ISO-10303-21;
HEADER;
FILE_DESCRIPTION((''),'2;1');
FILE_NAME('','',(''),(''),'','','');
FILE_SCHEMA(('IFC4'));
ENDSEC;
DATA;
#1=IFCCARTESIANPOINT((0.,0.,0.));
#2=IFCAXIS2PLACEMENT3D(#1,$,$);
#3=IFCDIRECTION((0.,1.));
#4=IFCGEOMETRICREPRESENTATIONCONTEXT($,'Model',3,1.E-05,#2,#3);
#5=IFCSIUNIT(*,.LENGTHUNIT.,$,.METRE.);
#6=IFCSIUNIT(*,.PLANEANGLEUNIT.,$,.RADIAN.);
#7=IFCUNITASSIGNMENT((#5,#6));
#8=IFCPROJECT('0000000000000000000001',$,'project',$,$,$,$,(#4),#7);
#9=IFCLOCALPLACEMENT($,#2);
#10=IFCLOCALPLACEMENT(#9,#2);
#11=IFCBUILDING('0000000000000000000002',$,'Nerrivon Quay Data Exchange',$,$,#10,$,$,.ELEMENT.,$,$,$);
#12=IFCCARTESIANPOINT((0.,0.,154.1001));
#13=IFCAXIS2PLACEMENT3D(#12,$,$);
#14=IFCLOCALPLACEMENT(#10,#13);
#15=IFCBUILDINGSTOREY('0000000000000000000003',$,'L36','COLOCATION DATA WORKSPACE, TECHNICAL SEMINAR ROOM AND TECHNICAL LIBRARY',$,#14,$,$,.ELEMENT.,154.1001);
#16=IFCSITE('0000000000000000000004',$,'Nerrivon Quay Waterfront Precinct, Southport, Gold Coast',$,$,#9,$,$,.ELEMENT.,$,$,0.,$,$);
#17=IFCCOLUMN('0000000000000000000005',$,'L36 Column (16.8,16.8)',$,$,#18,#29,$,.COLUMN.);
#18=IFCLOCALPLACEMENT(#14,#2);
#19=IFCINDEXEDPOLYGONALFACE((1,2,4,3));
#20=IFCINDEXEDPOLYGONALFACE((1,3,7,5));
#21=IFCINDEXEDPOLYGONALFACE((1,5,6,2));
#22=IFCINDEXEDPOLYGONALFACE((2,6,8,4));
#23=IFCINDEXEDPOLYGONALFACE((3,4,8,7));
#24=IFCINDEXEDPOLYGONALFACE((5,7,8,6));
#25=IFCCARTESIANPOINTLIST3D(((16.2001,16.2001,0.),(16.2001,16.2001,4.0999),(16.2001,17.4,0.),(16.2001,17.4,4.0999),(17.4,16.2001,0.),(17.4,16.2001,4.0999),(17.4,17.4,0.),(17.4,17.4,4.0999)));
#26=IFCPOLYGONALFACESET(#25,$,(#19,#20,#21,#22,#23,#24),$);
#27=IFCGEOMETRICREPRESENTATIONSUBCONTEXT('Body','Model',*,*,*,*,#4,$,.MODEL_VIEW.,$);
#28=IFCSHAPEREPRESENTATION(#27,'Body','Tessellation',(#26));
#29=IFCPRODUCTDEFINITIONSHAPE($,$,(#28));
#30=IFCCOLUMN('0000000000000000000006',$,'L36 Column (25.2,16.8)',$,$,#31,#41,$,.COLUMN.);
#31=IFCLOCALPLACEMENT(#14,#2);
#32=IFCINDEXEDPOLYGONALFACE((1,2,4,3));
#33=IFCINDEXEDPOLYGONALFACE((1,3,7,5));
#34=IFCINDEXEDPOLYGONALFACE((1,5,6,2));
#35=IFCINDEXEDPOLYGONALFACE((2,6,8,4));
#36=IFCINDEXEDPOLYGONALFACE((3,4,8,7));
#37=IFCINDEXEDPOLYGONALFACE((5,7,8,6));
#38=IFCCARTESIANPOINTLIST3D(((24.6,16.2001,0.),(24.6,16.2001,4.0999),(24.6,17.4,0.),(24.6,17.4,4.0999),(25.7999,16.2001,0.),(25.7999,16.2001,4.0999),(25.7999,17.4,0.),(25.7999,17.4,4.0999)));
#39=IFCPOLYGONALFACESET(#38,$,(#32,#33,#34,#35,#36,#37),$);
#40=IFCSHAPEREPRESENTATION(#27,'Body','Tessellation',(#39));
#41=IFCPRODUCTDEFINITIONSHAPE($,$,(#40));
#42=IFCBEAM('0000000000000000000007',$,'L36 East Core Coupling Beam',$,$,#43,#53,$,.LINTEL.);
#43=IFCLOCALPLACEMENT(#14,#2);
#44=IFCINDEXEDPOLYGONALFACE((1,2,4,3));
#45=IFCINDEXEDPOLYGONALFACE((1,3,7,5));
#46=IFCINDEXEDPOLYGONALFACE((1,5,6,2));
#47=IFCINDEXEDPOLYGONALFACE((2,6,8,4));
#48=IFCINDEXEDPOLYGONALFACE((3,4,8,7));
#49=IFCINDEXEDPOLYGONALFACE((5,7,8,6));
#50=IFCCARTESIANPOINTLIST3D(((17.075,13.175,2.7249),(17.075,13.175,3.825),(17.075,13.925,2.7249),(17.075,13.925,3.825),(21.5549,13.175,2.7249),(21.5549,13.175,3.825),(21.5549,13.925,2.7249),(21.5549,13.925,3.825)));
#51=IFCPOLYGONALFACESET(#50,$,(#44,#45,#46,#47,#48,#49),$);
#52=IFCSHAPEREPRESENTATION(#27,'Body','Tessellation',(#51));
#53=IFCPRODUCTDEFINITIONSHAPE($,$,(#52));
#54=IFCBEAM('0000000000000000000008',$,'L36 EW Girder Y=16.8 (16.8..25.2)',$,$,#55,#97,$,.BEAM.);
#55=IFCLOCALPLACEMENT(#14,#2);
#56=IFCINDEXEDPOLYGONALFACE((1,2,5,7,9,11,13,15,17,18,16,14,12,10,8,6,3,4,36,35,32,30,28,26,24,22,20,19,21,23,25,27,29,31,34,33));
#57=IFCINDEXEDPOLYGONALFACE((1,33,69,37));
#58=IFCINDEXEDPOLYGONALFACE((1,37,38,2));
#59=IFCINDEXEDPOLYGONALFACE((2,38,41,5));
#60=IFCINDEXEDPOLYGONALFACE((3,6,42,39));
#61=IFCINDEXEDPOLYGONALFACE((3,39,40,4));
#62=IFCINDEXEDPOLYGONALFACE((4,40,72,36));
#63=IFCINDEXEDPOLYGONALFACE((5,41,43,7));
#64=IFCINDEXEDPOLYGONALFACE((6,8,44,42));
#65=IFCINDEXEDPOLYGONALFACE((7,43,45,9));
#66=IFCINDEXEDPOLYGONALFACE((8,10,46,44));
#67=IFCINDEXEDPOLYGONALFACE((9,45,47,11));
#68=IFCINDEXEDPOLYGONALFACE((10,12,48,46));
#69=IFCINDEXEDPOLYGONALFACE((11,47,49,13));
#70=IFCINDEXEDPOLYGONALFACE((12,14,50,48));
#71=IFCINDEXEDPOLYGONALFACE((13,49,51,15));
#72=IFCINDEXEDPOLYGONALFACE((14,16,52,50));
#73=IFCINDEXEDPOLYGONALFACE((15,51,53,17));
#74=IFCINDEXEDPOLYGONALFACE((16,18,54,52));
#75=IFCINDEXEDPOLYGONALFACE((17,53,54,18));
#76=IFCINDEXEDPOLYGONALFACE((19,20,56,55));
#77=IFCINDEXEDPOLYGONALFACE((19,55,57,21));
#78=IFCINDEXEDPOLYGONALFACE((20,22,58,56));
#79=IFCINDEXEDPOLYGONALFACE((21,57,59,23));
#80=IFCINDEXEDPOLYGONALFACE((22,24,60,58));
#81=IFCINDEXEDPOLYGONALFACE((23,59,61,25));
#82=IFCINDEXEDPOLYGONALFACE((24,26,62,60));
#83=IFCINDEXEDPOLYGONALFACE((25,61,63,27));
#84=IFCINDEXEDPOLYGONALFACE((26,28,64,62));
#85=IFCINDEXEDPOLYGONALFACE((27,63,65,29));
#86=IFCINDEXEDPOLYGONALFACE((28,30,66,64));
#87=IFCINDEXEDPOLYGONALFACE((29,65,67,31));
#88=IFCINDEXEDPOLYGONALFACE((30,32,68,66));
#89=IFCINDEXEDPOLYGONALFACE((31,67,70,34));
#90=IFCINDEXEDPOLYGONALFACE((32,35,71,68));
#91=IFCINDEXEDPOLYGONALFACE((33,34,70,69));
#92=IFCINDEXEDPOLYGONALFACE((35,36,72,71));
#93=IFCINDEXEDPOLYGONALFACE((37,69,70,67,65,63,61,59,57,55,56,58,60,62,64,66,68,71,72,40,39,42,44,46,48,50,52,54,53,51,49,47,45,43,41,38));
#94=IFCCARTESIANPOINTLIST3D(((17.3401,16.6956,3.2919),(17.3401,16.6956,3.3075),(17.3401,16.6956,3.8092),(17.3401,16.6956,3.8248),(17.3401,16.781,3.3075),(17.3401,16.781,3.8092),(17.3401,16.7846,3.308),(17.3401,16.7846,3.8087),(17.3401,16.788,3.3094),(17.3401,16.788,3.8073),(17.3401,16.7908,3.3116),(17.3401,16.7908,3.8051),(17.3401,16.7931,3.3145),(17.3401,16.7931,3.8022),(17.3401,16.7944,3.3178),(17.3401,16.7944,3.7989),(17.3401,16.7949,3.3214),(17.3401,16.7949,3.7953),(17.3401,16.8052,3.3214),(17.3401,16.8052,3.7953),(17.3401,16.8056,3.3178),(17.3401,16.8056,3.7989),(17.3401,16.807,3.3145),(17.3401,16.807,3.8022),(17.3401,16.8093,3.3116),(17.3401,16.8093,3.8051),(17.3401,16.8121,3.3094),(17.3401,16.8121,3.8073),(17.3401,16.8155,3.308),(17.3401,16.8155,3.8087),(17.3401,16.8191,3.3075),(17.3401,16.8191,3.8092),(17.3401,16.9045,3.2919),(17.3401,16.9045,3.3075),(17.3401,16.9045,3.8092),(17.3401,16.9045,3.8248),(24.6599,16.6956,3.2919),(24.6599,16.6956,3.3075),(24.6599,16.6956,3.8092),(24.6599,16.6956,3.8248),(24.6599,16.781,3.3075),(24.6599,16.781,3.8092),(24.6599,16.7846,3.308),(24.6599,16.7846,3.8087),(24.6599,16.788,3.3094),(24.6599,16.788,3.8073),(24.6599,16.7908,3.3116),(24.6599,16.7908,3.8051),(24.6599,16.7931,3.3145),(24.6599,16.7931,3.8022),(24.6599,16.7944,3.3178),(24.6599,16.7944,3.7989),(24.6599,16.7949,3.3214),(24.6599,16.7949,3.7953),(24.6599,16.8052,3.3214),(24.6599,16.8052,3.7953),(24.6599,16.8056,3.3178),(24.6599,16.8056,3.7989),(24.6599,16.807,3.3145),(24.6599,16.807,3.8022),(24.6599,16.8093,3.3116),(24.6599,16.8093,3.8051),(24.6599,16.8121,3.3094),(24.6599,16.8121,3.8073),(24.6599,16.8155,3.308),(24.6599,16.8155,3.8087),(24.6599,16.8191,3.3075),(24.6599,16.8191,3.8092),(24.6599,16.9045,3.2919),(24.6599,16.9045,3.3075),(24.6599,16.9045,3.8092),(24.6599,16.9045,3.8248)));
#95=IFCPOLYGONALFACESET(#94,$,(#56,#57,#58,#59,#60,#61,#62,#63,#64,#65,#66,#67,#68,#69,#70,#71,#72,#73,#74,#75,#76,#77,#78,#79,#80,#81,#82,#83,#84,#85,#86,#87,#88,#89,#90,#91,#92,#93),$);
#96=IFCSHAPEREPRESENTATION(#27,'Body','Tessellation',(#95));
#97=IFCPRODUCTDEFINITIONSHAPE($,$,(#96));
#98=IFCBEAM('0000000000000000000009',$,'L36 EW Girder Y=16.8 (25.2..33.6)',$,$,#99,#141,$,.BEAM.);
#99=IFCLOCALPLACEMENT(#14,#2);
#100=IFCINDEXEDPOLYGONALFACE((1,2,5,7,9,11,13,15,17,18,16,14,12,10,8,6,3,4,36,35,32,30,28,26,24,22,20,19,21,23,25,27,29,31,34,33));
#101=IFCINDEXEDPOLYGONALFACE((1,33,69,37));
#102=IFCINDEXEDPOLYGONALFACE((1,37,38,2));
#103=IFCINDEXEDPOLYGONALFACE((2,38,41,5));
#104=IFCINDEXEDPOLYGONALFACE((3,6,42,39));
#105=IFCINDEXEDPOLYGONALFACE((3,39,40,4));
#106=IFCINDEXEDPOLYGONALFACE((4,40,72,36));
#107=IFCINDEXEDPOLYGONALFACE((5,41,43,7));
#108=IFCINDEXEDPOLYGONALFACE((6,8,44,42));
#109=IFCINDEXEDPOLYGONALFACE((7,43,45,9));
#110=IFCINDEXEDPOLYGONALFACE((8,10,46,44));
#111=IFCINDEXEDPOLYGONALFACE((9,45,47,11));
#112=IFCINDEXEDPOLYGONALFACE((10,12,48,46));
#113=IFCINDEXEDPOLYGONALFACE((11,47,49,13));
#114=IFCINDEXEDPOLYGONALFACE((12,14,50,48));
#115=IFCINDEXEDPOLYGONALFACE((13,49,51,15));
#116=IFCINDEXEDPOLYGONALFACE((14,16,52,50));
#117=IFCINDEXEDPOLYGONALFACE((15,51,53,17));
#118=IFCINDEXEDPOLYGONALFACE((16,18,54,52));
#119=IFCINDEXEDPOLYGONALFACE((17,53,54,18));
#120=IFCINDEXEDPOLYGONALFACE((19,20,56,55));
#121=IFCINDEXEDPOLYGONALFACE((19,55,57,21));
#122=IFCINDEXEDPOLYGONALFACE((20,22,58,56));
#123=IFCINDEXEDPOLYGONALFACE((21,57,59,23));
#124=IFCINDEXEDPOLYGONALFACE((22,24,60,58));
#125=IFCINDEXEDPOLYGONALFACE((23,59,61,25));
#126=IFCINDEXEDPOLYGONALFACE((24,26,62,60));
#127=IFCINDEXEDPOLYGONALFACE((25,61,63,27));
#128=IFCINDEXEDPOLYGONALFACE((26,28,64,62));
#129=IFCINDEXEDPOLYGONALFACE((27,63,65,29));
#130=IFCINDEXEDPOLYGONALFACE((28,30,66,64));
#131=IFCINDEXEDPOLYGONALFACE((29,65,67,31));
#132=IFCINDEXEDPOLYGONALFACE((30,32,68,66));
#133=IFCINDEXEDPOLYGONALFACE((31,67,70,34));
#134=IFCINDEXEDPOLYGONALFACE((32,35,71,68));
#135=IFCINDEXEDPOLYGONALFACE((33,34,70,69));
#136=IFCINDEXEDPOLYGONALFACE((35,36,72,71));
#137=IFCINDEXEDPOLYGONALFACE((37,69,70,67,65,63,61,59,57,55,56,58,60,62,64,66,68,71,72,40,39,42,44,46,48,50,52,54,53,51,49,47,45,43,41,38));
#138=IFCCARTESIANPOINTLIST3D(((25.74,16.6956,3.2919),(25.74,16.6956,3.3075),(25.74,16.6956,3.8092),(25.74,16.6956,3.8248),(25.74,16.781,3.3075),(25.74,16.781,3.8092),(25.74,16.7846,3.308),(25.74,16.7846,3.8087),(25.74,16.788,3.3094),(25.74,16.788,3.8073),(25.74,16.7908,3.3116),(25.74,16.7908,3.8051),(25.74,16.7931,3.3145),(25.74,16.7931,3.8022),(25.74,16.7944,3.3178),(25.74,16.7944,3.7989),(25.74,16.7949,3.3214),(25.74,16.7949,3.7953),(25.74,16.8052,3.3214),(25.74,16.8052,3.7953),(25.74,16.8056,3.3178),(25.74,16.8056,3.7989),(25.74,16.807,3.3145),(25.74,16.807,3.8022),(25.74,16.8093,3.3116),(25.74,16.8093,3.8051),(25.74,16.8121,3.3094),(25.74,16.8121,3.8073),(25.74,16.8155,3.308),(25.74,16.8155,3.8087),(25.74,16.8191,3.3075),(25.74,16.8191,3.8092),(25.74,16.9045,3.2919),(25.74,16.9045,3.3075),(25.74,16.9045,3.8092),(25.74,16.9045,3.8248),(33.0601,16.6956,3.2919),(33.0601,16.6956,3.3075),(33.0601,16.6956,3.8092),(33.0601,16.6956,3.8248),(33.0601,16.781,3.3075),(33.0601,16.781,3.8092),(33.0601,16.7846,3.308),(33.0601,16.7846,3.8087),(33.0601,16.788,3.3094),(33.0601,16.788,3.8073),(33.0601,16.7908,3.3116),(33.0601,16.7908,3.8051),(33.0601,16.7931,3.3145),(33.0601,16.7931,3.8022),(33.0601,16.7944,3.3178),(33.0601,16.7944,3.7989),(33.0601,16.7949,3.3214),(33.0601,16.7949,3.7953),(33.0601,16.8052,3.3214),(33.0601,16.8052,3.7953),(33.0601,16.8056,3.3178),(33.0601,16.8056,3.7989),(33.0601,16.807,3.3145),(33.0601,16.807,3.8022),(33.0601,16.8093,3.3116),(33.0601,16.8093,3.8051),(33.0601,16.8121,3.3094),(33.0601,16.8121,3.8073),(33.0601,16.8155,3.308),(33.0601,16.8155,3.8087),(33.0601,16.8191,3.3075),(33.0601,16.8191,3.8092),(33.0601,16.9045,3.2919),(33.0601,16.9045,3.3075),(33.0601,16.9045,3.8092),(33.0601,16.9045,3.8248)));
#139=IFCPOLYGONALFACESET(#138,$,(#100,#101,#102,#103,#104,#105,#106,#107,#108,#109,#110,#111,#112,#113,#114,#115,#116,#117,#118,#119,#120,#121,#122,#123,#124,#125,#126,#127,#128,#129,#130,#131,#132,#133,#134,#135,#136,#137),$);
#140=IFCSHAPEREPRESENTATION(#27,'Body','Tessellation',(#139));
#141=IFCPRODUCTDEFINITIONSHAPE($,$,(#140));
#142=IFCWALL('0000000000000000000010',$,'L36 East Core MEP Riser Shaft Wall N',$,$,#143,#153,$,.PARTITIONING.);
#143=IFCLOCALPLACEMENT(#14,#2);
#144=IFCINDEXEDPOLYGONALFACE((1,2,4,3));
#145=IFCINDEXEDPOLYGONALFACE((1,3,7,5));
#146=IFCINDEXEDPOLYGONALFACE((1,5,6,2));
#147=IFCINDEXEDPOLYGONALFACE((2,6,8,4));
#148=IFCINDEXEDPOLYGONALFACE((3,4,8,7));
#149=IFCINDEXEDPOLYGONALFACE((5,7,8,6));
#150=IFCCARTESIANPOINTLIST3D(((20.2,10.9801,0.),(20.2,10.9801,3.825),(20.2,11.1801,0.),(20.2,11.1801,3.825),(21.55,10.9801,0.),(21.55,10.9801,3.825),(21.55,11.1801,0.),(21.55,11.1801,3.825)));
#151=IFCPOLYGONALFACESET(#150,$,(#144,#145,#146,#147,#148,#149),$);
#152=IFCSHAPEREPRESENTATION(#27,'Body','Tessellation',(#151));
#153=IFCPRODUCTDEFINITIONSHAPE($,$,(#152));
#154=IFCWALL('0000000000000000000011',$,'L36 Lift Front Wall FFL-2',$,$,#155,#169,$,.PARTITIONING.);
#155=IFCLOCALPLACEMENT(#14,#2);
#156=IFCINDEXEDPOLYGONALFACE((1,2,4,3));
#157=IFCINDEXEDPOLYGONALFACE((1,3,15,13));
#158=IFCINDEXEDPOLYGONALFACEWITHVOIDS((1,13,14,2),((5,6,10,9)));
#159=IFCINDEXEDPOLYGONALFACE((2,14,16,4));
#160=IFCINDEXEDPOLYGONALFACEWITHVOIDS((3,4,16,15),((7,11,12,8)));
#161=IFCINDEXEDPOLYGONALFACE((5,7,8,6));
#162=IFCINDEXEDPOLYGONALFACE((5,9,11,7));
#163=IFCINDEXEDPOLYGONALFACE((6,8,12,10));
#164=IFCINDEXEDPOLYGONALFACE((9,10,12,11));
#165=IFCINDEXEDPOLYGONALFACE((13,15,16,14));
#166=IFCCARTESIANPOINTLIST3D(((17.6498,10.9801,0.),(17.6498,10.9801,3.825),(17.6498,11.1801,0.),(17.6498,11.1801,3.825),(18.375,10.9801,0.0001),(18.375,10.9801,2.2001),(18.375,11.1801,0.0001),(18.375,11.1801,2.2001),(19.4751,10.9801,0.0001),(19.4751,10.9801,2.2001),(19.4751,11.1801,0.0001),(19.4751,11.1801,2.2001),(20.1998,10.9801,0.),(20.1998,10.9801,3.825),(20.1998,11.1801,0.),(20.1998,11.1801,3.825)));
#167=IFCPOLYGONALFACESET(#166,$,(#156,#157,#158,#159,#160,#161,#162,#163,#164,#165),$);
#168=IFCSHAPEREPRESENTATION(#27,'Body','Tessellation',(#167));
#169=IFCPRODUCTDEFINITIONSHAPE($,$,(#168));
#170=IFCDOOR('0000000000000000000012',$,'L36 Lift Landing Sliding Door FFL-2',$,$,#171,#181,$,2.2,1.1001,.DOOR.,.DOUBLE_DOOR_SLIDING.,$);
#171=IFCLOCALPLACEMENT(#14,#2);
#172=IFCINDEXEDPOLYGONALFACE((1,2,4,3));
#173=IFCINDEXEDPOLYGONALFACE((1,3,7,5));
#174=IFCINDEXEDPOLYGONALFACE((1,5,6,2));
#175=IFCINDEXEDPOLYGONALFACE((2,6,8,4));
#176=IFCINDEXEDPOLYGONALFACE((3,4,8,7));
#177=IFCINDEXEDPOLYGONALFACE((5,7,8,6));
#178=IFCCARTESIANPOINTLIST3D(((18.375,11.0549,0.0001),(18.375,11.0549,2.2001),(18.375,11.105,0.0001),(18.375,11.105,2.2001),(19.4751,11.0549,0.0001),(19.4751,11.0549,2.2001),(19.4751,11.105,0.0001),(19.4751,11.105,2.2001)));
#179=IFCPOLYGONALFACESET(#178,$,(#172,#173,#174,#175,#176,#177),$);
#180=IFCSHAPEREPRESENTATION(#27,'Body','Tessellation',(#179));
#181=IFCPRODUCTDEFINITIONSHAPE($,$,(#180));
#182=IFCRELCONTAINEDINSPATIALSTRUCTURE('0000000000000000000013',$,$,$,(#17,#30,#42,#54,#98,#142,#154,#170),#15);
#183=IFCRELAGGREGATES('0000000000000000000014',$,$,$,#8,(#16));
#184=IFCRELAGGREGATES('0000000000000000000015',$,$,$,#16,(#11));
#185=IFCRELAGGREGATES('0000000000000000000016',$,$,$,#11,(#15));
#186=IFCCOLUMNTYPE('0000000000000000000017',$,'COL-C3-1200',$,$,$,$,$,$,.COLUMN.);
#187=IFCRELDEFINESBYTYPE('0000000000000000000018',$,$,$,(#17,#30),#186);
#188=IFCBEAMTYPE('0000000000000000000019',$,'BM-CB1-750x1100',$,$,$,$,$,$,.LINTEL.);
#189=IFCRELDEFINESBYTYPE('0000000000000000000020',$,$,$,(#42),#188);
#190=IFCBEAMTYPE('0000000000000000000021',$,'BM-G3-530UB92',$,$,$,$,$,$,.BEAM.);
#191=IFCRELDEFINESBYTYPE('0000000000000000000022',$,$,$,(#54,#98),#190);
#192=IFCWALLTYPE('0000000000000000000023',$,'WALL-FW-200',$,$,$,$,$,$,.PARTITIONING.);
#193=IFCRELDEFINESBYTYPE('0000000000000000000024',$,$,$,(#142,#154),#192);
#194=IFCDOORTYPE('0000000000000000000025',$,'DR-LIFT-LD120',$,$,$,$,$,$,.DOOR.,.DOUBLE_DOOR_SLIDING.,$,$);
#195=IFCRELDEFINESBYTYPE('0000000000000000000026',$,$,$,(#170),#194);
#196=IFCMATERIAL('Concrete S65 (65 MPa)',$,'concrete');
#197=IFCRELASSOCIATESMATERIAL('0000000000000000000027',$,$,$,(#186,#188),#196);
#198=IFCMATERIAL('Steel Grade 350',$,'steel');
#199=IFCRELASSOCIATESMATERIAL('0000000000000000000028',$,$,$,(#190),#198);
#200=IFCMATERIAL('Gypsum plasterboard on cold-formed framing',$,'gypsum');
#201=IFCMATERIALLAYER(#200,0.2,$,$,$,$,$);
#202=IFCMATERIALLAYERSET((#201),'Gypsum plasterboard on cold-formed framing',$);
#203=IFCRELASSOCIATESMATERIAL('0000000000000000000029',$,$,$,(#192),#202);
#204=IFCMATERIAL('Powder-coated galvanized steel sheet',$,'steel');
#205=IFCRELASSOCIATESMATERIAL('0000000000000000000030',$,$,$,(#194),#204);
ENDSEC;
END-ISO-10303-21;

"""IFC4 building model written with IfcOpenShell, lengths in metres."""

from ifc_helpers import new_model, si_unit, direction, frame, frame_2d, origin, origin_2d, place, context, subcontext, project, spatial, rectangle, i_section, extrude, material, layer, layer_set, material_profile, profile_set, type_object, element, fill, save


model = new_model("IFC4")

# Units and contexts
model_context = context("Model", 3, precision=1e-05, world=origin(), true_north=direction((0.0, 1.0)))
body_context = subcontext(model_context, "Body", "Model", "MODEL_VIEW")
ifc_project = project(units=[si_unit("LENGTHUNIT", "METRE"), si_unit("PLANEANGLEUNIT", "RADIAN")], contexts=[model_context])

# Site, building, storey
site_placement = place(None, origin())
site = spatial("IfcSite", under=ifc_project, at=site_placement, Name="Nerrivon Quay Waterfront Precinct, Southport, Gold Coast", CompositionType="ELEMENT", RefElevation=0.0)
building_placement = place(site_placement, origin())
building = spatial("IfcBuilding", under=site, at=building_placement, Name="Nerrivon Quay Data Exchange", CompositionType="ELEMENT")
storey_placement = place(building_placement, frame((0.0, 0.0, 154.1001)))
storey = spatial("IfcBuildingStorey", under=building, at=storey_placement, Name="L36", Description="COLOCATION DATA WORKSPACE, TECHNICAL SEMINAR ROOM AND TECHNICAL LIBRARY", CompositionType="ELEMENT", Elevation=154.1001)

# Columns
ifc_material_1 = material(Name="Concrete S65 (65 MPa)", Category="concrete")
ifc_material_profile_1 = material_profile(ifc_material_1, rectangle(XDim=1.2, YDim=1.2, at=origin_2d()), Name="RC-COL-1200x1200")
ifc_profile_set_1 = profile_set([ifc_material_profile_1], Name="Concrete S65 (65 MPa)")
column_type = type_object("IfcColumnType", Name="COL-C3-1200", PredefinedType="COLUMN", material=ifc_profile_set_1)
for number, where, z_axis, x_axis, name in (
    (1, (16.8, 16.8, 0.0), (0.0, 0.0, 1.0), (1.0, 0.0, 0.0), "L36 Column (16.8,16.8)"),
    (2, (25.2, 16.8, 0.0), (0.0, 0.0, 1.0), (1.0, 0.0, 0.0), "L36 Column (25.2,16.8)"),
):
    element("IfcColumn", number, at=place(storey_placement, frame(where, z_axis=z_axis, x_axis=x_axis)), inside=storey, type_object=column_type, Name=name, PredefinedType="COLUMN", context=body_context, shape_type="SweptSolid", body=[
        extrude(rectangle(XDim=1.2, YDim=1.2, at=origin_2d()), origin(), (0.0, 0.0, 1.0), 4.0999),
    ])

# Beams
ifc_material_profile_2 = material_profile(ifc_material_1, rectangle(XDim=0.75, YDim=1.1001, at=origin_2d()), Name="RC-CB-750x1100")
ifc_profile_set_2 = profile_set([ifc_material_profile_2], Name="Concrete S65 (65 MPa)")
beam_type_1 = type_object("IfcBeamType", Name="BM-CB1-750x1100", PredefinedType="LINTEL", material=ifc_profile_set_2)
beam_1_placement = place(storey_placement, frame((17.075, 13.55, 3.2749), z_axis=(1.0, 0.0, 0.0), x_axis=(0.0, 1.0, 0.0)))
element("IfcBeam", 3, at=beam_1_placement, inside=storey, type_object=beam_type_1, Name="L36 East Core Coupling Beam", PredefinedType="LINTEL", context=body_context, shape_type="SweptSolid", body=[
    extrude(rectangle(XDim=0.75, YDim=1.1001, at=origin_2d()), origin(), (0.0, 0.0, 1.0), 4.48),
])
ifc_material_2 = material(Name="Steel Grade 350", Category="steel")
ifc_material_profile_3 = material_profile(ifc_material_2, i_section(OverallWidth=0.209, OverallDepth=0.533, WebThickness=0.0103, FlangeThickness=0.0156, FilletRadius=0.0139, at=origin_2d()), Name="530UB92.4")
ifc_profile_set_3 = profile_set([ifc_material_profile_3], Name="Steel Grade 350")
beam_type_2 = type_object("IfcBeamType", Name="BM-G3-530UB92", PredefinedType="BEAM", material=ifc_profile_set_3)
beam_2_placement = place(storey_placement, frame((17.3401, 16.8, 3.5583), z_axis=(1.0, 0.0, 0.0), x_axis=(0.0, 1.0, 0.0)))
element("IfcBeam", 4, at=beam_2_placement, inside=storey, type_object=beam_type_2, Name="L36 EW Girder Y=16.8 (16.8..25.2)", PredefinedType="BEAM", context=body_context, shape_type="SweptSolid", body=[
    extrude(i_section(OverallWidth=0.209, OverallDepth=0.533, WebThickness=0.0103, FlangeThickness=0.0156, FilletRadius=0.0139, at=origin_2d()), origin(), (0.0, 0.0, 1.0), 7.3198),
])
beam_3_placement = place(storey_placement, frame((25.74, 16.8, 3.5583), z_axis=(1.0, 0.0, 0.0), x_axis=(0.0, 1.0, 0.0)))
element("IfcBeam", 5, at=beam_3_placement, inside=storey, type_object=beam_type_2, Name="L36 EW Girder Y=16.8 (25.2..33.6)", PredefinedType="BEAM", context=body_context, shape_type="SweptSolid", body=[
    extrude(i_section(OverallWidth=0.209, OverallDepth=0.533, WebThickness=0.0103, FlangeThickness=0.0156, FilletRadius=0.0139, at=origin_2d()), origin(), (0.0, 0.0, 1.0), 7.3201),
])

# Wall
ifc_material_3 = material(Name="Gypsum plasterboard on cold-formed framing", Category="gypsum")
ifc_layer_1 = layer(ifc_material_3, 0.2)
ifc_layer_set_1 = layer_set([ifc_layer_1], Name="Gypsum plasterboard on cold-formed framing")
wall_type_1 = type_object("IfcWallType", Name="WALL-FW-200", PredefinedType="PARTITIONING", material=ifc_layer_set_1)
wall_1_placement = place(storey_placement, frame((20.2, 11.0801, 0.0), z_axis=(0.0, 0.0, 1.0), x_axis=(1.0, 0.0, 0.0)))
element("IfcWall", 6, at=wall_1_placement, inside=storey, type_object=wall_type_1, Name="L36 East Core MEP Riser Shaft Wall N", PredefinedType="PARTITIONING", context=body_context, shape_type="SweptSolid", body=[
    extrude(rectangle(XDim=1.3501, YDim=0.2, at=frame_2d((0.675, 0.0))), origin(), (0.0, 0.0, 1.0), 3.825),
])

# Wall, opening, door
wall_2_placement = place(storey_placement, frame((17.6499, 11.0801, 0.0), z_axis=(0.0, 0.0, 1.0), x_axis=(1.0, 0.0, 0.0)))
wall_2 = element("IfcWall", 7, at=wall_2_placement, inside=storey, type_object=wall_type_1, Name="L36 Lift Front Wall FFL-2", PredefinedType="PARTITIONING", context=body_context, shape_type="SweptSolid", body=[
    extrude(rectangle(XDim=2.55, YDim=0.2, at=frame_2d((1.2749, 0.0))), origin(), (0.0, 0.0, 1.0), 3.825),
])
opening_1_placement = place(wall_2_placement, frame((0.7251, 0.0, 0.0)))
opening_1 = element("IfcOpeningElement", 8, at=opening_1_placement, cuts=wall_2, PredefinedType="OPENING", context=body_context, shape_type="SweptSolid", body=[
    extrude(rectangle(XDim=1.1001, YDim=2.2, at=frame_2d((0.55, 1.1001))), frame((0.0, 0.1099, 0.0), z_axis=(0.0, -1.0, 0.0), x_axis=(1.0, 0.0, 0.0)), (0.0, 0.0, 1.0), 0.22),
])
ifc_material_4 = material(Name="Powder-coated galvanized steel sheet", Category="steel")
door_type_1 = type_object("IfcDoorType", Name="DR-LIFT-LD120", OperationType="DOUBLE_DOOR_SLIDING", PredefinedType="DOOR", material=ifc_material_4)
door_1_placement = place(opening_1_placement, origin())
door_1 = element("IfcDoor", 9, at=door_1_placement, inside=storey, type_object=door_type_1, Name="L36 Lift Landing Sliding Door FFL-2", OperationType="DOUBLE_DOOR_SLIDING", OverallHeight=2.2, OverallWidth=1.1001, PredefinedType="DOOR", context=body_context, shape_type="SweptSolid", body=[
    extrude(rectangle(XDim=1.1001, YDim=2.2, at=frame_2d((0.55, 1.1001))), frame((0.0, 0.0249, 0.0), z_axis=(0.0, -1.0, 0.0), x_axis=(1.0, 0.0, 0.0)), (0.0, 0.0, 1.0), 0.05),
])
fill(opening_1, door_1)

save(model, "model.ifc")
